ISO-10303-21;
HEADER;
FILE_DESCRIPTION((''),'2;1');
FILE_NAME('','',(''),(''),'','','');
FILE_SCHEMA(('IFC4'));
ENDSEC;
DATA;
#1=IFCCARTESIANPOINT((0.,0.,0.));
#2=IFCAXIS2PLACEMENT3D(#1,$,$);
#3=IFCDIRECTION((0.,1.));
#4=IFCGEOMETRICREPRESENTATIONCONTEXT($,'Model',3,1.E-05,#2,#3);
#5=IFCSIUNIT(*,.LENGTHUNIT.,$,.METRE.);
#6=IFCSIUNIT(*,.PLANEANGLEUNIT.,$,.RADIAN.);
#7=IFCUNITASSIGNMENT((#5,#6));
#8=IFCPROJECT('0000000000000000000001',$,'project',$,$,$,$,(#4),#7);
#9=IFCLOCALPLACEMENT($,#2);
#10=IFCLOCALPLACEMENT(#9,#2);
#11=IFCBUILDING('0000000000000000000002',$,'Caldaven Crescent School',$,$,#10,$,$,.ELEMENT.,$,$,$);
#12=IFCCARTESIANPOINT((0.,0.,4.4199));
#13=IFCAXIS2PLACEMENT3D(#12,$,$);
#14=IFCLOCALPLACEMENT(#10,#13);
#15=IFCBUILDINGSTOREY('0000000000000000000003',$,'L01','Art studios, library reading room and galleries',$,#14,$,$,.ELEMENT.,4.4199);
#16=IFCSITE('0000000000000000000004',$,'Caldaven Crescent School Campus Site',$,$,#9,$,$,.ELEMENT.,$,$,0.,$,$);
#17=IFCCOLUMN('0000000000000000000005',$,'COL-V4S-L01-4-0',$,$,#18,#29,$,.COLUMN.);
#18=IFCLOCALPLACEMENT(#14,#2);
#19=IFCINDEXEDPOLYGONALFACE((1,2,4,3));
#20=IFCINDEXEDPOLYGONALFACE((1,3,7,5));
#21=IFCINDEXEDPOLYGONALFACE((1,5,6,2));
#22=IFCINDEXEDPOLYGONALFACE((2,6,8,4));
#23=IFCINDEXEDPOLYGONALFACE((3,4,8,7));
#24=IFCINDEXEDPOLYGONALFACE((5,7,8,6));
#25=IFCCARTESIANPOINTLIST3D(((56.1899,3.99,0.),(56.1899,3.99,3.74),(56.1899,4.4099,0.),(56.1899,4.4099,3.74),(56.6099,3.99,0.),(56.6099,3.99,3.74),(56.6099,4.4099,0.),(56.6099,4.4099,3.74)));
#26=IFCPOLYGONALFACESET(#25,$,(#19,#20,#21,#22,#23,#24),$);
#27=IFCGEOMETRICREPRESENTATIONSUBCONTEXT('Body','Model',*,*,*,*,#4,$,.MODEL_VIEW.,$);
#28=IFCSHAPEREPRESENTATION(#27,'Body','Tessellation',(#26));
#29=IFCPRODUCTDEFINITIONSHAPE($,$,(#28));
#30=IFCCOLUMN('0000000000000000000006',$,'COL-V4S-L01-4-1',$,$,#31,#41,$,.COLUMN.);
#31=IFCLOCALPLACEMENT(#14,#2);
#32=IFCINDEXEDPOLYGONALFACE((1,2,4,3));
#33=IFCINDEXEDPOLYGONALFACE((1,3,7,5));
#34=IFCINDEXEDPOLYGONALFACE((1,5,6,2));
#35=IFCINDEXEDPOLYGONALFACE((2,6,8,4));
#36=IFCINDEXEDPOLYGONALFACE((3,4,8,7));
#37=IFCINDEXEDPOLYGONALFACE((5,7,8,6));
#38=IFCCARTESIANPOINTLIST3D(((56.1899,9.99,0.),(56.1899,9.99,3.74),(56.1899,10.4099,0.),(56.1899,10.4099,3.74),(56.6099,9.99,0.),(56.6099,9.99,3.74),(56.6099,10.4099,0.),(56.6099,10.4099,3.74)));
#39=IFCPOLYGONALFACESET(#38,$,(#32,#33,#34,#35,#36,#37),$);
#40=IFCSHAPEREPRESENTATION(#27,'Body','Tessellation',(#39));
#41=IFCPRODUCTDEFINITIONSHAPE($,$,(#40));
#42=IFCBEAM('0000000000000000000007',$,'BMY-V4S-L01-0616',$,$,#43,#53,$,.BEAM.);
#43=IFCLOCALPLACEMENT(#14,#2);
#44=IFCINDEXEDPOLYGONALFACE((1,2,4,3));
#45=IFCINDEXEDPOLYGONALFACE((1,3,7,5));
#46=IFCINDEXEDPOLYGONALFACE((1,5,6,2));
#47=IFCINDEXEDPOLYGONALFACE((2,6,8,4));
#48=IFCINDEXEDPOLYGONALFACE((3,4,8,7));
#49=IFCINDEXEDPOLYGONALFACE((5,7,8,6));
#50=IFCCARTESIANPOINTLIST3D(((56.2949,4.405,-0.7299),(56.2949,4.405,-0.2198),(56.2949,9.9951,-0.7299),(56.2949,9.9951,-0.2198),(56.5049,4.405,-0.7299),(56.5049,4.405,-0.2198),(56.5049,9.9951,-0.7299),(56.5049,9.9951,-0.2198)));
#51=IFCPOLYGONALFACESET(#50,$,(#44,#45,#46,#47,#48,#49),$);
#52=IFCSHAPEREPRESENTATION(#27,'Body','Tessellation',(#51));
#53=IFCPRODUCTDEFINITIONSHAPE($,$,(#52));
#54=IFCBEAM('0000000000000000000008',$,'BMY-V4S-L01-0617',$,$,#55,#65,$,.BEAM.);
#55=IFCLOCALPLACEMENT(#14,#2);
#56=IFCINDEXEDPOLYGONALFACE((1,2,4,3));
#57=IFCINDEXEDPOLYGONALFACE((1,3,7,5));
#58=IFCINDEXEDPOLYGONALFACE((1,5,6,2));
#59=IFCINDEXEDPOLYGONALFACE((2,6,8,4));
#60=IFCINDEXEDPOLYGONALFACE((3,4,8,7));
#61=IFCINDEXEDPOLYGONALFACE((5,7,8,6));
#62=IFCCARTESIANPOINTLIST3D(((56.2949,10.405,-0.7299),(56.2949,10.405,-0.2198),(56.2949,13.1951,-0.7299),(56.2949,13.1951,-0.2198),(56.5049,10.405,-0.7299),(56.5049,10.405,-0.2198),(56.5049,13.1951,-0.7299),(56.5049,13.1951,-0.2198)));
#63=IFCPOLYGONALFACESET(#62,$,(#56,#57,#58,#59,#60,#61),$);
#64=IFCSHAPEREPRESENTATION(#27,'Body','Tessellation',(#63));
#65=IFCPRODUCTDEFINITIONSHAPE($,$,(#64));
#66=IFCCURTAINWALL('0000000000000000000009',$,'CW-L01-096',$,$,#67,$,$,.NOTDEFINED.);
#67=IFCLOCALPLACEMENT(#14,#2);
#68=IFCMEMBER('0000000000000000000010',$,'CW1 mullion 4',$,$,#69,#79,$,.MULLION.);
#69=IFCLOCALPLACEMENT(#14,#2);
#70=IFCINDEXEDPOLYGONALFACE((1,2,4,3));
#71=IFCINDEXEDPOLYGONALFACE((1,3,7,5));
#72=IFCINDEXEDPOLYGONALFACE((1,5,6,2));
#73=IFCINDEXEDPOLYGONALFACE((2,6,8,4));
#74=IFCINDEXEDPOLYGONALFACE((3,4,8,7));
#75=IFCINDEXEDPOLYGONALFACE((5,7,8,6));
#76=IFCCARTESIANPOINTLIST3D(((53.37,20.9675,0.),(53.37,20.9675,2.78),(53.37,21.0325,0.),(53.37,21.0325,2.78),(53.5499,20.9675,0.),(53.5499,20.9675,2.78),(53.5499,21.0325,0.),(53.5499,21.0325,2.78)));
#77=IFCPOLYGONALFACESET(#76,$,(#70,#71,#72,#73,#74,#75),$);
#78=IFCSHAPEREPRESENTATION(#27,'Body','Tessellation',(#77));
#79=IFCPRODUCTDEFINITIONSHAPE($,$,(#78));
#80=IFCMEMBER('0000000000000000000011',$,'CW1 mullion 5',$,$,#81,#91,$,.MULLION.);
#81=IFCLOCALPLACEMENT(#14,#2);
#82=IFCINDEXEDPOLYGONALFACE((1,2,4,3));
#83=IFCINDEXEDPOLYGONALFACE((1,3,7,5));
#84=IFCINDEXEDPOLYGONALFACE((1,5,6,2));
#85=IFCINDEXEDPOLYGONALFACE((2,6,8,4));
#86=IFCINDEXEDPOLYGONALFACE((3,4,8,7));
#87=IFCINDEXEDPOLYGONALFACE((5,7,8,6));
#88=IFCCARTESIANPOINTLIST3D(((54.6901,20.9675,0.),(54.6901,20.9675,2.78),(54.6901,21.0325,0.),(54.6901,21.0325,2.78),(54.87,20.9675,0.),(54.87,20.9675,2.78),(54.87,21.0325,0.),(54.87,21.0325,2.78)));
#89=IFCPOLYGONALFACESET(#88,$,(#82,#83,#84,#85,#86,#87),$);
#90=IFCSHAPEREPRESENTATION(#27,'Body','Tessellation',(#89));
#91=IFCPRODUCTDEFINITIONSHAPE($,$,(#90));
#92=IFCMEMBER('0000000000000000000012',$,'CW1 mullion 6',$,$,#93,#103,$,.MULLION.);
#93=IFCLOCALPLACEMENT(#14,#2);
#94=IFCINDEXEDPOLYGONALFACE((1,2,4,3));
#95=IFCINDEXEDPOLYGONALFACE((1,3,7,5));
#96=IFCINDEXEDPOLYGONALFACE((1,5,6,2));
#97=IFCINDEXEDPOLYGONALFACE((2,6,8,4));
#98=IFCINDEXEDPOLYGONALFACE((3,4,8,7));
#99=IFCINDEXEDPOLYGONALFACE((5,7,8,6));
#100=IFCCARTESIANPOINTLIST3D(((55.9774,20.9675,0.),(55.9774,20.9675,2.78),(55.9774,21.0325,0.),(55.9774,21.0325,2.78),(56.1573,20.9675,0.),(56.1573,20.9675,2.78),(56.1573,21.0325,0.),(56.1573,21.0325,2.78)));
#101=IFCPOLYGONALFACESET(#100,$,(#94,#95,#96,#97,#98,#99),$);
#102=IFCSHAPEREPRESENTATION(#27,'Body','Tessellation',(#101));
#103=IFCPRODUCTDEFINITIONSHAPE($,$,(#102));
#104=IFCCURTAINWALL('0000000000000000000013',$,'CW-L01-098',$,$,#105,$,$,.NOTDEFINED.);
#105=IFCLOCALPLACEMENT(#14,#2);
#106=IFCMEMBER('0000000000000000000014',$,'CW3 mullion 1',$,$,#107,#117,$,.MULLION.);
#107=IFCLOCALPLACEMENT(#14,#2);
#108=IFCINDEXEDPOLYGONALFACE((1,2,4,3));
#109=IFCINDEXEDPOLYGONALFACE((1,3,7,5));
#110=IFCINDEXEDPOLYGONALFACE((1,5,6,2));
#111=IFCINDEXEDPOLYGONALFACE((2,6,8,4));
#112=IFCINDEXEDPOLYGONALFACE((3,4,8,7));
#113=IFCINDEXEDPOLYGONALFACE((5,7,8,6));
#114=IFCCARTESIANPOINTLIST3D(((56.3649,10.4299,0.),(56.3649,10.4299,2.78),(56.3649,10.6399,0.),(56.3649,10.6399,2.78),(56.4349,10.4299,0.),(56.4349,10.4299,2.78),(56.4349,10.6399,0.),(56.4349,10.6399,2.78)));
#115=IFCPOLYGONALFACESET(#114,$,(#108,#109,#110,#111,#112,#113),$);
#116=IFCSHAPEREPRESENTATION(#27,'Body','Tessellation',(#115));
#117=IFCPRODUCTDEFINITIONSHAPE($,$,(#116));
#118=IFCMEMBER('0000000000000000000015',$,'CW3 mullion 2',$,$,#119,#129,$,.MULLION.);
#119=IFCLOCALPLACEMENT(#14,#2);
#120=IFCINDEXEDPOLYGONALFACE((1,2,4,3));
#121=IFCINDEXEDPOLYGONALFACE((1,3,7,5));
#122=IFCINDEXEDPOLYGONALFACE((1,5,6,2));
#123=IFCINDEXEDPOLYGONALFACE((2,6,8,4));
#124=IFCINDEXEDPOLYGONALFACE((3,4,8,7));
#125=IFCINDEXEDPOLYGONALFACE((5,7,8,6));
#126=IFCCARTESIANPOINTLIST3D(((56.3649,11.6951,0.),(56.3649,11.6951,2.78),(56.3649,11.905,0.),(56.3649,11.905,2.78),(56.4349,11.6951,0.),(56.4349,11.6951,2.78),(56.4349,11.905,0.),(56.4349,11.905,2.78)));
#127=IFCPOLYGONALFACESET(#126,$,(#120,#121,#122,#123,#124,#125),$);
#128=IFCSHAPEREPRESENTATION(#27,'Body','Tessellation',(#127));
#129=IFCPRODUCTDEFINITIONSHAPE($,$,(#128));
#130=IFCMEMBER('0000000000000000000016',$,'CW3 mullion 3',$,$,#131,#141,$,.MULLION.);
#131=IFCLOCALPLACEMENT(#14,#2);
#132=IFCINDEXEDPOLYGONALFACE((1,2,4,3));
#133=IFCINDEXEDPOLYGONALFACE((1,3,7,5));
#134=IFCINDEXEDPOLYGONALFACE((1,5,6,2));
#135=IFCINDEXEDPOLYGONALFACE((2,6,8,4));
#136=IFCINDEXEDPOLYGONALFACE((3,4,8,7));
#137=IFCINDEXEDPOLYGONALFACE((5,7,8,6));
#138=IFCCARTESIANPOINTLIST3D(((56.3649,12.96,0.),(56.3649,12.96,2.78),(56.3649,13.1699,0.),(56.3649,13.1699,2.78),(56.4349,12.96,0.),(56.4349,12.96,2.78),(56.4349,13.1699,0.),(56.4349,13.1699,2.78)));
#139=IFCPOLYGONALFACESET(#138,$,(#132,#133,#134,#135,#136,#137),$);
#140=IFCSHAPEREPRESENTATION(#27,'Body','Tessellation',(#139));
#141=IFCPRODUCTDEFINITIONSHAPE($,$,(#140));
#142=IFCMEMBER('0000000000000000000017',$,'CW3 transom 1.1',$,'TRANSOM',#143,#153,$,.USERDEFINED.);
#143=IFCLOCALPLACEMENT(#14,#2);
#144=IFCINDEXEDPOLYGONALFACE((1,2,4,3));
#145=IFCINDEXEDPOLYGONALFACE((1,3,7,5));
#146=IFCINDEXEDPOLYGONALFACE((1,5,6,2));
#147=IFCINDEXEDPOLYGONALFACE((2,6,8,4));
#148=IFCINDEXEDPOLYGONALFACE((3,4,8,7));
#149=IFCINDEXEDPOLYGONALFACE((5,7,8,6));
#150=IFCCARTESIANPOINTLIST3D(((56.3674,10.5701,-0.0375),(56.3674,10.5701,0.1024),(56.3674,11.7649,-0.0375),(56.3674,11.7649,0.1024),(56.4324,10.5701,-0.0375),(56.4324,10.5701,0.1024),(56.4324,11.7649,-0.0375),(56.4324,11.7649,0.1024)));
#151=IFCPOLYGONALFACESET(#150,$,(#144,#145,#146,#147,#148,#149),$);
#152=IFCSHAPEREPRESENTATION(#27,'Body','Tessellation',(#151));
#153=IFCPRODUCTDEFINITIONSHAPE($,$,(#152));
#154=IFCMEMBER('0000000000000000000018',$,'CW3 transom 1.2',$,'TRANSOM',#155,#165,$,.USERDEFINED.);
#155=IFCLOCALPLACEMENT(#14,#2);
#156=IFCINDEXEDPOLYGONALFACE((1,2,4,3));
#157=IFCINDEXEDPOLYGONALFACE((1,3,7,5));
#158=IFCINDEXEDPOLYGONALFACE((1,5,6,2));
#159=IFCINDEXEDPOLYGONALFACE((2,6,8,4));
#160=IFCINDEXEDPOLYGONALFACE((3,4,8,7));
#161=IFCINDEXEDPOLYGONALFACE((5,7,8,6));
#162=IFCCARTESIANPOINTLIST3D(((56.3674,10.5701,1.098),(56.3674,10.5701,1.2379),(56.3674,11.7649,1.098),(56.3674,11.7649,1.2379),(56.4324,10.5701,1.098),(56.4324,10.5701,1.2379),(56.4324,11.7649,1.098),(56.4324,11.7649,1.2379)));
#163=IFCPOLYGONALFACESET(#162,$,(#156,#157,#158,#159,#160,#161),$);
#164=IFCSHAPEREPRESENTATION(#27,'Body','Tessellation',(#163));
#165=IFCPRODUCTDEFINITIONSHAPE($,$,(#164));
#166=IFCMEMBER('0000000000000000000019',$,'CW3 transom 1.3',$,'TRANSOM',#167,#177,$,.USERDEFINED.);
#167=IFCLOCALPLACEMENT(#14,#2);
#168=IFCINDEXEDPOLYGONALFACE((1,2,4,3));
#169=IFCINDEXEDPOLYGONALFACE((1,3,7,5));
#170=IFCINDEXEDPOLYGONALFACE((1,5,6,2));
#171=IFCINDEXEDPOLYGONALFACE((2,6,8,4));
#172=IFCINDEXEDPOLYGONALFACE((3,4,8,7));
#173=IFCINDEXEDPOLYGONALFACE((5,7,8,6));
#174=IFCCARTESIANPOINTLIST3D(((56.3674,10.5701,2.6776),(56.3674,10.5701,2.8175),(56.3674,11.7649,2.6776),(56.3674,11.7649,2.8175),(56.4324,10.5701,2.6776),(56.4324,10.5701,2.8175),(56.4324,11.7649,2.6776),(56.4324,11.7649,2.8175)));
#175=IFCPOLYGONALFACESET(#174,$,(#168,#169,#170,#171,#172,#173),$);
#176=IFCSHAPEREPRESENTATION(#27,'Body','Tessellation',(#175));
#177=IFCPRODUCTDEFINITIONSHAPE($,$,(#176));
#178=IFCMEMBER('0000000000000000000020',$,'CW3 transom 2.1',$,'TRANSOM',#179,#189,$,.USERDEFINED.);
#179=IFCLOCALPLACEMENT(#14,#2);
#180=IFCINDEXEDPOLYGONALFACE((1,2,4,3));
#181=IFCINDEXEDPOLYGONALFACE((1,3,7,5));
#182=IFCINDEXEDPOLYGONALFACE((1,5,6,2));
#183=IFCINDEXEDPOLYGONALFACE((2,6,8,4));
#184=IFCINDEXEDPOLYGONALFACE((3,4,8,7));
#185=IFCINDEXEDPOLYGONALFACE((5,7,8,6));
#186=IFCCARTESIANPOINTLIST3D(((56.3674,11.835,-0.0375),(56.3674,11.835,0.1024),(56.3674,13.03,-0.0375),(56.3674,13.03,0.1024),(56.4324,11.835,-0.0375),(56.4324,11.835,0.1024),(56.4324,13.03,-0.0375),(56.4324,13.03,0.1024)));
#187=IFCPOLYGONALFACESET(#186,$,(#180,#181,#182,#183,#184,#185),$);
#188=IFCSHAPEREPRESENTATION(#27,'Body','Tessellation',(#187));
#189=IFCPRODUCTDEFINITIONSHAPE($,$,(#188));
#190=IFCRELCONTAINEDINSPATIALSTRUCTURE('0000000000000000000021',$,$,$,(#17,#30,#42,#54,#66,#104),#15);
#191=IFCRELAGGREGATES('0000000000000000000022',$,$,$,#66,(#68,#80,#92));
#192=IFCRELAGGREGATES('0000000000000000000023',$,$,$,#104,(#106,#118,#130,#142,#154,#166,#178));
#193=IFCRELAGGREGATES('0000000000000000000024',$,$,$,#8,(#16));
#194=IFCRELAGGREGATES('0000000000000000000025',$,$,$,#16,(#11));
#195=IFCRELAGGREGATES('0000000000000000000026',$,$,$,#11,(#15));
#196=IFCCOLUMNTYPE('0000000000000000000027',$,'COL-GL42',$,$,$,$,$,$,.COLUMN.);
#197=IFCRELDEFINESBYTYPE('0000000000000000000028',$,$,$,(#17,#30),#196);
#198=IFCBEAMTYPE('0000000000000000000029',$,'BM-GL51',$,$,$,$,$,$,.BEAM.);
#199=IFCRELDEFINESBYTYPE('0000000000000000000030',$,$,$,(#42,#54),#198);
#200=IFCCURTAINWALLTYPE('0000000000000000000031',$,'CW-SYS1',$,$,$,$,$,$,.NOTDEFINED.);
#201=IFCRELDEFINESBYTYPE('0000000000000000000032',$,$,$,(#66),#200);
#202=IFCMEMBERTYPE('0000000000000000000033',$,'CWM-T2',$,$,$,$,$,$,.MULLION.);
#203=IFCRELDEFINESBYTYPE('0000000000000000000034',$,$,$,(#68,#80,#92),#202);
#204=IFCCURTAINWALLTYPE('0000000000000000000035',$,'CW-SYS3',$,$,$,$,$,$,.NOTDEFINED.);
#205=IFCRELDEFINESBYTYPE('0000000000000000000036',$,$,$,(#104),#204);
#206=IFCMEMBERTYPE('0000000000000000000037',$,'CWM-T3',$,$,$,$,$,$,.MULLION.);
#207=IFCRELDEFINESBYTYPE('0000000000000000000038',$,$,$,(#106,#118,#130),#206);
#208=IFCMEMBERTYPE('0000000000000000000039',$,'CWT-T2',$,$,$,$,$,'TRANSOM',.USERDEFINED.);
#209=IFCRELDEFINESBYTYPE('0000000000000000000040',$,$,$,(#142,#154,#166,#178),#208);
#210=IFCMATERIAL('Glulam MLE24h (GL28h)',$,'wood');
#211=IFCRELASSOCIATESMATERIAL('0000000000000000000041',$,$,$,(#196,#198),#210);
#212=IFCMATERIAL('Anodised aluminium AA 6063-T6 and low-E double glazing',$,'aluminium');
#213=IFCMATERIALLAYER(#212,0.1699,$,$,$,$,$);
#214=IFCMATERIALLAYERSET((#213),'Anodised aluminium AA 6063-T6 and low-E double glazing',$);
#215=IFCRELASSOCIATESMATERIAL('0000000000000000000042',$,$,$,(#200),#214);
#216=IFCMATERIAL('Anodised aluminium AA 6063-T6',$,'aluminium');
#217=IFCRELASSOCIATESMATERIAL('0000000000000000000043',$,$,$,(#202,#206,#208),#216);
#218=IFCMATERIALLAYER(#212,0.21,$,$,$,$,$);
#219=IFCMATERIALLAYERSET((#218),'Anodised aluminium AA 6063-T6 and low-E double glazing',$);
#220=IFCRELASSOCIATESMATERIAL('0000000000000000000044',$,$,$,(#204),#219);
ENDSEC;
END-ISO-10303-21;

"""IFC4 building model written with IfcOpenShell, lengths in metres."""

from ifc_helpers import new_model, si_unit, direction, frame, origin, origin_2d, place, context, subcontext, project, spatial, rectangle, extrude, material, layer, layer_set, material_profile, profile_set, type_object, element, aggregate, save


model = new_model("IFC4")

# Units and contexts
model_context = context("Model", 3, precision=1e-05, world=origin(), true_north=direction((0.0, 1.0)))
body_context = subcontext(model_context, "Body", "Model", "MODEL_VIEW")
ifc_project = project(units=[si_unit("LENGTHUNIT", "METRE"), si_unit("PLANEANGLEUNIT", "RADIAN")], contexts=[model_context])

# Site, building, storey
site_placement = place(None, origin())
site = spatial("IfcSite", under=ifc_project, at=site_placement, Name="Caldaven Crescent School Campus Site", CompositionType="ELEMENT", RefElevation=0.0)
building_placement = place(site_placement, origin())
building = spatial("IfcBuilding", under=site, at=building_placement, Name="Caldaven Crescent School", CompositionType="ELEMENT")
storey_placement = place(building_placement, frame((0.0, 0.0, 4.4199)))
storey = spatial("IfcBuildingStorey", under=building, at=storey_placement, Name="L01", Description="Art studios, library reading room and galleries", CompositionType="ELEMENT", Elevation=4.4199)

# Columns
ifc_material_1 = material(Name="Glulam MLE24h (GL28h)", Category="wood")
ifc_material_profile_1 = material_profile(ifc_material_1, rectangle(XDim=0.4199, YDim=0.4199, at=origin_2d()), Name="MLE 420x420")
ifc_profile_set_1 = profile_set([ifc_material_profile_1], Name="Glulam MLE24h (GL28h)")
column_type = type_object("IfcColumnType", Name="COL-GL42", PredefinedType="COLUMN", material=ifc_profile_set_1)
for number, where, z_axis, x_axis, name in (
    (1, (56.3999, 4.2, 0.0), (0.0, 0.0, 1.0), (1.0, 0.0, 0.0), "COL-V4S-L01-4-0"),
    (2, (56.3999, 10.2, 0.0), (0.0, 0.0, 1.0), (1.0, 0.0, 0.0), "COL-V4S-L01-4-1"),
):
    element("IfcColumn", number, at=place(storey_placement, frame(where, z_axis=z_axis, x_axis=x_axis)), inside=storey, type_object=column_type, Name=name, PredefinedType="COLUMN", context=body_context, shape_type="SweptSolid", body=[
        extrude(rectangle(XDim=0.4199, YDim=0.4199, at=origin_2d()), origin(), (0.0, 0.0, 1.0), 3.74),
    ])

# Beams
ifc_material_profile_2 = material_profile(ifc_material_1, rectangle(XDim=0.21, YDim=0.51, at=origin_2d()), Name="MLE 210x510")
ifc_profile_set_2 = profile_set([ifc_material_profile_2], Name="Glulam MLE24h (GL28h)")
beam_type_1 = type_object("IfcBeamType", Name="BM-GL51", PredefinedType="BEAM", material=ifc_profile_set_2)
beam_1_placement = place(storey_placement, frame((56.3999, 4.405, -0.4749), z_axis=(0.0, 1.0, 0.0), x_axis=(-1.0, 0.0, 0.0)))
element("IfcBeam", 3, at=beam_1_placement, inside=storey, type_object=beam_type_1, Name="BMY-V4S-L01-0616", PredefinedType="BEAM", context=body_context, shape_type="SweptSolid", body=[
    extrude(rectangle(XDim=0.21, YDim=0.51, at=origin_2d()), origin(), (0.0, 0.0, 1.0), 5.5901),
])
beam_2_placement = place(storey_placement, frame((56.3999, 10.405, -0.4749), z_axis=(0.0, 1.0, 0.0), x_axis=(-1.0, 0.0, 0.0)))
element("IfcBeam", 4, at=beam_2_placement, inside=storey, type_object=beam_type_1, Name="BMY-V4S-L01-0617", PredefinedType="BEAM", context=body_context, shape_type="SweptSolid", body=[
    extrude(rectangle(XDim=0.21, YDim=0.51, at=origin_2d()), origin(), (0.0, 0.0, 1.0), 2.79),
])

# Curtain walls, members
ifc_material_2 = material(Name="Anodised aluminium AA 6063-T6 and low-E double glazing", Category="aluminium")
ifc_layer_1 = layer(ifc_material_2, 0.1699)
ifc_layer_set_1 = layer_set([ifc_layer_1], Name="Anodised aluminium AA 6063-T6 and low-E double glazing")
curtain_wall_type_1 = type_object("IfcCurtainWallType", Name="CW-SYS1", PredefinedType="NOTDEFINED", material=ifc_layer_set_1)
curtain_wall_1_placement = place(storey_placement, origin())
curtain_wall_1 = element("IfcCurtainWall", 5, at=curtain_wall_1_placement, inside=storey, type_object=curtain_wall_type_1, Name="CW-L01-096", PredefinedType="NOTDEFINED")
ifc_material_3 = material(Name="Anodised aluminium AA 6063-T6", Category="aluminium")
ifc_material_profile_3 = material_profile(ifc_material_3, rectangle(XDim=0.0649, YDim=0.1799, at=origin_2d()), Name="CWM 65x180")
ifc_profile_set_3 = profile_set([ifc_material_profile_3], Name="Anodised aluminium AA 6063-T6")
member_type_1 = type_object("IfcMemberType", Name="CWM-T2", PredefinedType="MULLION", material=ifc_profile_set_3)
member_1_placement = place(storey_placement, frame((53.46, 21.0, 0.0), z_axis=(0.0, 0.0, 1.0), x_axis=(0.0, 1.0, 0.0)))
member_1 = element("IfcMember", 6, at=member_1_placement, type_object=member_type_1, Name="CW1 mullion 4", PredefinedType="MULLION", context=body_context, shape_type="SweptSolid", body=[
    extrude(rectangle(XDim=0.0649, YDim=0.1799, at=origin_2d()), origin(), (0.0, 0.0, 1.0), 2.78),
])
member_2_placement = place(storey_placement, frame((54.78, 21.0, 0.0), z_axis=(0.0, 0.0, 1.0), x_axis=(0.0, 1.0, 0.0)))
member_2 = element("IfcMember", 7, at=member_2_placement, type_object=member_type_1, Name="CW1 mullion 5", PredefinedType="MULLION", context=body_context, shape_type="SweptSolid", body=[
    extrude(rectangle(XDim=0.0649, YDim=0.1799, at=origin_2d()), origin(), (0.0, 0.0, 1.0), 2.78),
])
member_3_placement = place(storey_placement, frame((56.0674, 21.0, 0.0), z_axis=(0.0, 0.0, 1.0), x_axis=(0.0, 1.0, 0.0)))
member_3 = element("IfcMember", 8, at=member_3_placement, type_object=member_type_1, Name="CW1 mullion 6", PredefinedType="MULLION", context=body_context, shape_type="SweptSolid", body=[
    extrude(rectangle(XDim=0.0649, YDim=0.1799, at=origin_2d()), origin(), (0.0, 0.0, 1.0), 2.78),
])
ifc_layer_2 = layer(ifc_material_2, 0.21)
ifc_layer_set_2 = layer_set([ifc_layer_2], Name="Anodised aluminium AA 6063-T6 and low-E double glazing")
curtain_wall_type_2 = type_object("IfcCurtainWallType", Name="CW-SYS3", PredefinedType="NOTDEFINED", material=ifc_layer_set_2)
curtain_wall_2_placement = place(storey_placement, origin())
curtain_wall_2 = element("IfcCurtainWall", 9, at=curtain_wall_2_placement, inside=storey, type_object=curtain_wall_type_2, Name="CW-L01-098", PredefinedType="NOTDEFINED")
ifc_material_profile_4 = material_profile(ifc_material_3, rectangle(XDim=0.0701, YDim=0.21, at=origin_2d()), Name="CWM 70x210")
ifc_profile_set_4 = profile_set([ifc_material_profile_4], Name="Anodised aluminium AA 6063-T6")
member_type_2 = type_object("IfcMemberType", Name="CWM-T3", PredefinedType="MULLION", material=ifc_profile_set_4)
member_4_placement = place(storey_placement, frame((56.3999, 10.5349, 0.0), z_axis=(0.0, 0.0, 1.0), x_axis=(-1.0, 0.0, 0.0)))
member_4 = element("IfcMember", 10, at=member_4_placement, type_object=member_type_2, Name="CW3 mullion 1", PredefinedType="MULLION", context=body_context, shape_type="SweptSolid", body=[
    extrude(rectangle(XDim=0.0701, YDim=0.21, at=origin_2d()), origin(), (0.0, 0.0, 1.0), 2.78),
])
member_5_placement = place(storey_placement, frame((56.3999, 11.8, 0.0), z_axis=(0.0, 0.0, 1.0), x_axis=(-1.0, 0.0, 0.0)))
member_5 = element("IfcMember", 11, at=member_5_placement, type_object=member_type_2, Name="CW3 mullion 2", PredefinedType="MULLION", context=body_context, shape_type="SweptSolid", body=[
    extrude(rectangle(XDim=0.0701, YDim=0.21, at=origin_2d()), origin(), (0.0, 0.0, 1.0), 2.78),
])
member_6_placement = place(storey_placement, frame((56.3999, 13.0649, 0.0), z_axis=(0.0, 0.0, 1.0), x_axis=(-1.0, 0.0, 0.0)))
member_6 = element("IfcMember", 12, at=member_6_placement, type_object=member_type_2, Name="CW3 mullion 3", PredefinedType="MULLION", context=body_context, shape_type="SweptSolid", body=[
    extrude(rectangle(XDim=0.0701, YDim=0.21, at=origin_2d()), origin(), (0.0, 0.0, 1.0), 2.78),
])
ifc_material_profile_5 = material_profile(ifc_material_3, rectangle(XDim=0.0649, YDim=0.1399, at=origin_2d()), Name="CWT 65x140")
ifc_profile_set_5 = profile_set([ifc_material_profile_5], Name="Anodised aluminium AA 6063-T6")
member_type_3 = type_object("IfcMemberType", Name="CWT-T2", ElementType="TRANSOM", PredefinedType="USERDEFINED", material=ifc_profile_set_5)
member_7_placement = place(storey_placement, frame((56.3999, 10.5701, 0.0325), z_axis=(0.0, 1.0, 0.0), x_axis=(-1.0, 0.0, 0.0)))
member_7 = element("IfcMember", 13, at=member_7_placement, type_object=member_type_3, Name="CW3 transom 1.1", ObjectType="TRANSOM", PredefinedType="USERDEFINED", context=body_context, shape_type="SweptSolid", body=[
    extrude(rectangle(XDim=0.0649, YDim=0.1399, at=origin_2d()), origin(), (0.0, 0.0, 1.0), 1.1948),
])
member_8_placement = place(storey_placement, frame((56.3999, 10.5701, 1.168), z_axis=(0.0, 1.0, 0.0), x_axis=(-1.0, 0.0, 0.0)))
member_8 = element("IfcMember", 14, at=member_8_placement, type_object=member_type_3, Name="CW3 transom 1.2", ObjectType="TRANSOM", PredefinedType="USERDEFINED", context=body_context, shape_type="SweptSolid", body=[
    extrude(rectangle(XDim=0.0649, YDim=0.1399, at=origin_2d()), origin(), (0.0, 0.0, 1.0), 1.1948),
])
member_9_placement = place(storey_placement, frame((56.3999, 10.5701, 2.7476), z_axis=(0.0, 1.0, 0.0), x_axis=(-1.0, 0.0, 0.0)))
member_9 = element("IfcMember", 15, at=member_9_placement, type_object=member_type_3, Name="CW3 transom 1.3", ObjectType="TRANSOM", PredefinedType="USERDEFINED", context=body_context, shape_type="SweptSolid", body=[
    extrude(rectangle(XDim=0.0649, YDim=0.1399, at=origin_2d()), origin(), (0.0, 0.0, 1.0), 1.1948),
])
member_10_placement = place(storey_placement, frame((56.3999, 11.835, 0.0325), z_axis=(0.0, 1.0, 0.0), x_axis=(-1.0, 0.0, 0.0)))
member_10 = element("IfcMember", 16, at=member_10_placement, type_object=member_type_3, Name="CW3 transom 2.1", ObjectType="TRANSOM", PredefinedType="USERDEFINED", context=body_context, shape_type="SweptSolid", body=[
    extrude(rectangle(XDim=0.0649, YDim=0.1399, at=origin_2d()), origin(), (0.0, 0.0, 1.0), 1.1951),
])

aggregate(curtain_wall_1, [member_1, member_2, member_3])
aggregate(curtain_wall_2, [member_4, member_5, member_6, member_7, member_8, member_9, member_10])

save(model, "model.ifc")
